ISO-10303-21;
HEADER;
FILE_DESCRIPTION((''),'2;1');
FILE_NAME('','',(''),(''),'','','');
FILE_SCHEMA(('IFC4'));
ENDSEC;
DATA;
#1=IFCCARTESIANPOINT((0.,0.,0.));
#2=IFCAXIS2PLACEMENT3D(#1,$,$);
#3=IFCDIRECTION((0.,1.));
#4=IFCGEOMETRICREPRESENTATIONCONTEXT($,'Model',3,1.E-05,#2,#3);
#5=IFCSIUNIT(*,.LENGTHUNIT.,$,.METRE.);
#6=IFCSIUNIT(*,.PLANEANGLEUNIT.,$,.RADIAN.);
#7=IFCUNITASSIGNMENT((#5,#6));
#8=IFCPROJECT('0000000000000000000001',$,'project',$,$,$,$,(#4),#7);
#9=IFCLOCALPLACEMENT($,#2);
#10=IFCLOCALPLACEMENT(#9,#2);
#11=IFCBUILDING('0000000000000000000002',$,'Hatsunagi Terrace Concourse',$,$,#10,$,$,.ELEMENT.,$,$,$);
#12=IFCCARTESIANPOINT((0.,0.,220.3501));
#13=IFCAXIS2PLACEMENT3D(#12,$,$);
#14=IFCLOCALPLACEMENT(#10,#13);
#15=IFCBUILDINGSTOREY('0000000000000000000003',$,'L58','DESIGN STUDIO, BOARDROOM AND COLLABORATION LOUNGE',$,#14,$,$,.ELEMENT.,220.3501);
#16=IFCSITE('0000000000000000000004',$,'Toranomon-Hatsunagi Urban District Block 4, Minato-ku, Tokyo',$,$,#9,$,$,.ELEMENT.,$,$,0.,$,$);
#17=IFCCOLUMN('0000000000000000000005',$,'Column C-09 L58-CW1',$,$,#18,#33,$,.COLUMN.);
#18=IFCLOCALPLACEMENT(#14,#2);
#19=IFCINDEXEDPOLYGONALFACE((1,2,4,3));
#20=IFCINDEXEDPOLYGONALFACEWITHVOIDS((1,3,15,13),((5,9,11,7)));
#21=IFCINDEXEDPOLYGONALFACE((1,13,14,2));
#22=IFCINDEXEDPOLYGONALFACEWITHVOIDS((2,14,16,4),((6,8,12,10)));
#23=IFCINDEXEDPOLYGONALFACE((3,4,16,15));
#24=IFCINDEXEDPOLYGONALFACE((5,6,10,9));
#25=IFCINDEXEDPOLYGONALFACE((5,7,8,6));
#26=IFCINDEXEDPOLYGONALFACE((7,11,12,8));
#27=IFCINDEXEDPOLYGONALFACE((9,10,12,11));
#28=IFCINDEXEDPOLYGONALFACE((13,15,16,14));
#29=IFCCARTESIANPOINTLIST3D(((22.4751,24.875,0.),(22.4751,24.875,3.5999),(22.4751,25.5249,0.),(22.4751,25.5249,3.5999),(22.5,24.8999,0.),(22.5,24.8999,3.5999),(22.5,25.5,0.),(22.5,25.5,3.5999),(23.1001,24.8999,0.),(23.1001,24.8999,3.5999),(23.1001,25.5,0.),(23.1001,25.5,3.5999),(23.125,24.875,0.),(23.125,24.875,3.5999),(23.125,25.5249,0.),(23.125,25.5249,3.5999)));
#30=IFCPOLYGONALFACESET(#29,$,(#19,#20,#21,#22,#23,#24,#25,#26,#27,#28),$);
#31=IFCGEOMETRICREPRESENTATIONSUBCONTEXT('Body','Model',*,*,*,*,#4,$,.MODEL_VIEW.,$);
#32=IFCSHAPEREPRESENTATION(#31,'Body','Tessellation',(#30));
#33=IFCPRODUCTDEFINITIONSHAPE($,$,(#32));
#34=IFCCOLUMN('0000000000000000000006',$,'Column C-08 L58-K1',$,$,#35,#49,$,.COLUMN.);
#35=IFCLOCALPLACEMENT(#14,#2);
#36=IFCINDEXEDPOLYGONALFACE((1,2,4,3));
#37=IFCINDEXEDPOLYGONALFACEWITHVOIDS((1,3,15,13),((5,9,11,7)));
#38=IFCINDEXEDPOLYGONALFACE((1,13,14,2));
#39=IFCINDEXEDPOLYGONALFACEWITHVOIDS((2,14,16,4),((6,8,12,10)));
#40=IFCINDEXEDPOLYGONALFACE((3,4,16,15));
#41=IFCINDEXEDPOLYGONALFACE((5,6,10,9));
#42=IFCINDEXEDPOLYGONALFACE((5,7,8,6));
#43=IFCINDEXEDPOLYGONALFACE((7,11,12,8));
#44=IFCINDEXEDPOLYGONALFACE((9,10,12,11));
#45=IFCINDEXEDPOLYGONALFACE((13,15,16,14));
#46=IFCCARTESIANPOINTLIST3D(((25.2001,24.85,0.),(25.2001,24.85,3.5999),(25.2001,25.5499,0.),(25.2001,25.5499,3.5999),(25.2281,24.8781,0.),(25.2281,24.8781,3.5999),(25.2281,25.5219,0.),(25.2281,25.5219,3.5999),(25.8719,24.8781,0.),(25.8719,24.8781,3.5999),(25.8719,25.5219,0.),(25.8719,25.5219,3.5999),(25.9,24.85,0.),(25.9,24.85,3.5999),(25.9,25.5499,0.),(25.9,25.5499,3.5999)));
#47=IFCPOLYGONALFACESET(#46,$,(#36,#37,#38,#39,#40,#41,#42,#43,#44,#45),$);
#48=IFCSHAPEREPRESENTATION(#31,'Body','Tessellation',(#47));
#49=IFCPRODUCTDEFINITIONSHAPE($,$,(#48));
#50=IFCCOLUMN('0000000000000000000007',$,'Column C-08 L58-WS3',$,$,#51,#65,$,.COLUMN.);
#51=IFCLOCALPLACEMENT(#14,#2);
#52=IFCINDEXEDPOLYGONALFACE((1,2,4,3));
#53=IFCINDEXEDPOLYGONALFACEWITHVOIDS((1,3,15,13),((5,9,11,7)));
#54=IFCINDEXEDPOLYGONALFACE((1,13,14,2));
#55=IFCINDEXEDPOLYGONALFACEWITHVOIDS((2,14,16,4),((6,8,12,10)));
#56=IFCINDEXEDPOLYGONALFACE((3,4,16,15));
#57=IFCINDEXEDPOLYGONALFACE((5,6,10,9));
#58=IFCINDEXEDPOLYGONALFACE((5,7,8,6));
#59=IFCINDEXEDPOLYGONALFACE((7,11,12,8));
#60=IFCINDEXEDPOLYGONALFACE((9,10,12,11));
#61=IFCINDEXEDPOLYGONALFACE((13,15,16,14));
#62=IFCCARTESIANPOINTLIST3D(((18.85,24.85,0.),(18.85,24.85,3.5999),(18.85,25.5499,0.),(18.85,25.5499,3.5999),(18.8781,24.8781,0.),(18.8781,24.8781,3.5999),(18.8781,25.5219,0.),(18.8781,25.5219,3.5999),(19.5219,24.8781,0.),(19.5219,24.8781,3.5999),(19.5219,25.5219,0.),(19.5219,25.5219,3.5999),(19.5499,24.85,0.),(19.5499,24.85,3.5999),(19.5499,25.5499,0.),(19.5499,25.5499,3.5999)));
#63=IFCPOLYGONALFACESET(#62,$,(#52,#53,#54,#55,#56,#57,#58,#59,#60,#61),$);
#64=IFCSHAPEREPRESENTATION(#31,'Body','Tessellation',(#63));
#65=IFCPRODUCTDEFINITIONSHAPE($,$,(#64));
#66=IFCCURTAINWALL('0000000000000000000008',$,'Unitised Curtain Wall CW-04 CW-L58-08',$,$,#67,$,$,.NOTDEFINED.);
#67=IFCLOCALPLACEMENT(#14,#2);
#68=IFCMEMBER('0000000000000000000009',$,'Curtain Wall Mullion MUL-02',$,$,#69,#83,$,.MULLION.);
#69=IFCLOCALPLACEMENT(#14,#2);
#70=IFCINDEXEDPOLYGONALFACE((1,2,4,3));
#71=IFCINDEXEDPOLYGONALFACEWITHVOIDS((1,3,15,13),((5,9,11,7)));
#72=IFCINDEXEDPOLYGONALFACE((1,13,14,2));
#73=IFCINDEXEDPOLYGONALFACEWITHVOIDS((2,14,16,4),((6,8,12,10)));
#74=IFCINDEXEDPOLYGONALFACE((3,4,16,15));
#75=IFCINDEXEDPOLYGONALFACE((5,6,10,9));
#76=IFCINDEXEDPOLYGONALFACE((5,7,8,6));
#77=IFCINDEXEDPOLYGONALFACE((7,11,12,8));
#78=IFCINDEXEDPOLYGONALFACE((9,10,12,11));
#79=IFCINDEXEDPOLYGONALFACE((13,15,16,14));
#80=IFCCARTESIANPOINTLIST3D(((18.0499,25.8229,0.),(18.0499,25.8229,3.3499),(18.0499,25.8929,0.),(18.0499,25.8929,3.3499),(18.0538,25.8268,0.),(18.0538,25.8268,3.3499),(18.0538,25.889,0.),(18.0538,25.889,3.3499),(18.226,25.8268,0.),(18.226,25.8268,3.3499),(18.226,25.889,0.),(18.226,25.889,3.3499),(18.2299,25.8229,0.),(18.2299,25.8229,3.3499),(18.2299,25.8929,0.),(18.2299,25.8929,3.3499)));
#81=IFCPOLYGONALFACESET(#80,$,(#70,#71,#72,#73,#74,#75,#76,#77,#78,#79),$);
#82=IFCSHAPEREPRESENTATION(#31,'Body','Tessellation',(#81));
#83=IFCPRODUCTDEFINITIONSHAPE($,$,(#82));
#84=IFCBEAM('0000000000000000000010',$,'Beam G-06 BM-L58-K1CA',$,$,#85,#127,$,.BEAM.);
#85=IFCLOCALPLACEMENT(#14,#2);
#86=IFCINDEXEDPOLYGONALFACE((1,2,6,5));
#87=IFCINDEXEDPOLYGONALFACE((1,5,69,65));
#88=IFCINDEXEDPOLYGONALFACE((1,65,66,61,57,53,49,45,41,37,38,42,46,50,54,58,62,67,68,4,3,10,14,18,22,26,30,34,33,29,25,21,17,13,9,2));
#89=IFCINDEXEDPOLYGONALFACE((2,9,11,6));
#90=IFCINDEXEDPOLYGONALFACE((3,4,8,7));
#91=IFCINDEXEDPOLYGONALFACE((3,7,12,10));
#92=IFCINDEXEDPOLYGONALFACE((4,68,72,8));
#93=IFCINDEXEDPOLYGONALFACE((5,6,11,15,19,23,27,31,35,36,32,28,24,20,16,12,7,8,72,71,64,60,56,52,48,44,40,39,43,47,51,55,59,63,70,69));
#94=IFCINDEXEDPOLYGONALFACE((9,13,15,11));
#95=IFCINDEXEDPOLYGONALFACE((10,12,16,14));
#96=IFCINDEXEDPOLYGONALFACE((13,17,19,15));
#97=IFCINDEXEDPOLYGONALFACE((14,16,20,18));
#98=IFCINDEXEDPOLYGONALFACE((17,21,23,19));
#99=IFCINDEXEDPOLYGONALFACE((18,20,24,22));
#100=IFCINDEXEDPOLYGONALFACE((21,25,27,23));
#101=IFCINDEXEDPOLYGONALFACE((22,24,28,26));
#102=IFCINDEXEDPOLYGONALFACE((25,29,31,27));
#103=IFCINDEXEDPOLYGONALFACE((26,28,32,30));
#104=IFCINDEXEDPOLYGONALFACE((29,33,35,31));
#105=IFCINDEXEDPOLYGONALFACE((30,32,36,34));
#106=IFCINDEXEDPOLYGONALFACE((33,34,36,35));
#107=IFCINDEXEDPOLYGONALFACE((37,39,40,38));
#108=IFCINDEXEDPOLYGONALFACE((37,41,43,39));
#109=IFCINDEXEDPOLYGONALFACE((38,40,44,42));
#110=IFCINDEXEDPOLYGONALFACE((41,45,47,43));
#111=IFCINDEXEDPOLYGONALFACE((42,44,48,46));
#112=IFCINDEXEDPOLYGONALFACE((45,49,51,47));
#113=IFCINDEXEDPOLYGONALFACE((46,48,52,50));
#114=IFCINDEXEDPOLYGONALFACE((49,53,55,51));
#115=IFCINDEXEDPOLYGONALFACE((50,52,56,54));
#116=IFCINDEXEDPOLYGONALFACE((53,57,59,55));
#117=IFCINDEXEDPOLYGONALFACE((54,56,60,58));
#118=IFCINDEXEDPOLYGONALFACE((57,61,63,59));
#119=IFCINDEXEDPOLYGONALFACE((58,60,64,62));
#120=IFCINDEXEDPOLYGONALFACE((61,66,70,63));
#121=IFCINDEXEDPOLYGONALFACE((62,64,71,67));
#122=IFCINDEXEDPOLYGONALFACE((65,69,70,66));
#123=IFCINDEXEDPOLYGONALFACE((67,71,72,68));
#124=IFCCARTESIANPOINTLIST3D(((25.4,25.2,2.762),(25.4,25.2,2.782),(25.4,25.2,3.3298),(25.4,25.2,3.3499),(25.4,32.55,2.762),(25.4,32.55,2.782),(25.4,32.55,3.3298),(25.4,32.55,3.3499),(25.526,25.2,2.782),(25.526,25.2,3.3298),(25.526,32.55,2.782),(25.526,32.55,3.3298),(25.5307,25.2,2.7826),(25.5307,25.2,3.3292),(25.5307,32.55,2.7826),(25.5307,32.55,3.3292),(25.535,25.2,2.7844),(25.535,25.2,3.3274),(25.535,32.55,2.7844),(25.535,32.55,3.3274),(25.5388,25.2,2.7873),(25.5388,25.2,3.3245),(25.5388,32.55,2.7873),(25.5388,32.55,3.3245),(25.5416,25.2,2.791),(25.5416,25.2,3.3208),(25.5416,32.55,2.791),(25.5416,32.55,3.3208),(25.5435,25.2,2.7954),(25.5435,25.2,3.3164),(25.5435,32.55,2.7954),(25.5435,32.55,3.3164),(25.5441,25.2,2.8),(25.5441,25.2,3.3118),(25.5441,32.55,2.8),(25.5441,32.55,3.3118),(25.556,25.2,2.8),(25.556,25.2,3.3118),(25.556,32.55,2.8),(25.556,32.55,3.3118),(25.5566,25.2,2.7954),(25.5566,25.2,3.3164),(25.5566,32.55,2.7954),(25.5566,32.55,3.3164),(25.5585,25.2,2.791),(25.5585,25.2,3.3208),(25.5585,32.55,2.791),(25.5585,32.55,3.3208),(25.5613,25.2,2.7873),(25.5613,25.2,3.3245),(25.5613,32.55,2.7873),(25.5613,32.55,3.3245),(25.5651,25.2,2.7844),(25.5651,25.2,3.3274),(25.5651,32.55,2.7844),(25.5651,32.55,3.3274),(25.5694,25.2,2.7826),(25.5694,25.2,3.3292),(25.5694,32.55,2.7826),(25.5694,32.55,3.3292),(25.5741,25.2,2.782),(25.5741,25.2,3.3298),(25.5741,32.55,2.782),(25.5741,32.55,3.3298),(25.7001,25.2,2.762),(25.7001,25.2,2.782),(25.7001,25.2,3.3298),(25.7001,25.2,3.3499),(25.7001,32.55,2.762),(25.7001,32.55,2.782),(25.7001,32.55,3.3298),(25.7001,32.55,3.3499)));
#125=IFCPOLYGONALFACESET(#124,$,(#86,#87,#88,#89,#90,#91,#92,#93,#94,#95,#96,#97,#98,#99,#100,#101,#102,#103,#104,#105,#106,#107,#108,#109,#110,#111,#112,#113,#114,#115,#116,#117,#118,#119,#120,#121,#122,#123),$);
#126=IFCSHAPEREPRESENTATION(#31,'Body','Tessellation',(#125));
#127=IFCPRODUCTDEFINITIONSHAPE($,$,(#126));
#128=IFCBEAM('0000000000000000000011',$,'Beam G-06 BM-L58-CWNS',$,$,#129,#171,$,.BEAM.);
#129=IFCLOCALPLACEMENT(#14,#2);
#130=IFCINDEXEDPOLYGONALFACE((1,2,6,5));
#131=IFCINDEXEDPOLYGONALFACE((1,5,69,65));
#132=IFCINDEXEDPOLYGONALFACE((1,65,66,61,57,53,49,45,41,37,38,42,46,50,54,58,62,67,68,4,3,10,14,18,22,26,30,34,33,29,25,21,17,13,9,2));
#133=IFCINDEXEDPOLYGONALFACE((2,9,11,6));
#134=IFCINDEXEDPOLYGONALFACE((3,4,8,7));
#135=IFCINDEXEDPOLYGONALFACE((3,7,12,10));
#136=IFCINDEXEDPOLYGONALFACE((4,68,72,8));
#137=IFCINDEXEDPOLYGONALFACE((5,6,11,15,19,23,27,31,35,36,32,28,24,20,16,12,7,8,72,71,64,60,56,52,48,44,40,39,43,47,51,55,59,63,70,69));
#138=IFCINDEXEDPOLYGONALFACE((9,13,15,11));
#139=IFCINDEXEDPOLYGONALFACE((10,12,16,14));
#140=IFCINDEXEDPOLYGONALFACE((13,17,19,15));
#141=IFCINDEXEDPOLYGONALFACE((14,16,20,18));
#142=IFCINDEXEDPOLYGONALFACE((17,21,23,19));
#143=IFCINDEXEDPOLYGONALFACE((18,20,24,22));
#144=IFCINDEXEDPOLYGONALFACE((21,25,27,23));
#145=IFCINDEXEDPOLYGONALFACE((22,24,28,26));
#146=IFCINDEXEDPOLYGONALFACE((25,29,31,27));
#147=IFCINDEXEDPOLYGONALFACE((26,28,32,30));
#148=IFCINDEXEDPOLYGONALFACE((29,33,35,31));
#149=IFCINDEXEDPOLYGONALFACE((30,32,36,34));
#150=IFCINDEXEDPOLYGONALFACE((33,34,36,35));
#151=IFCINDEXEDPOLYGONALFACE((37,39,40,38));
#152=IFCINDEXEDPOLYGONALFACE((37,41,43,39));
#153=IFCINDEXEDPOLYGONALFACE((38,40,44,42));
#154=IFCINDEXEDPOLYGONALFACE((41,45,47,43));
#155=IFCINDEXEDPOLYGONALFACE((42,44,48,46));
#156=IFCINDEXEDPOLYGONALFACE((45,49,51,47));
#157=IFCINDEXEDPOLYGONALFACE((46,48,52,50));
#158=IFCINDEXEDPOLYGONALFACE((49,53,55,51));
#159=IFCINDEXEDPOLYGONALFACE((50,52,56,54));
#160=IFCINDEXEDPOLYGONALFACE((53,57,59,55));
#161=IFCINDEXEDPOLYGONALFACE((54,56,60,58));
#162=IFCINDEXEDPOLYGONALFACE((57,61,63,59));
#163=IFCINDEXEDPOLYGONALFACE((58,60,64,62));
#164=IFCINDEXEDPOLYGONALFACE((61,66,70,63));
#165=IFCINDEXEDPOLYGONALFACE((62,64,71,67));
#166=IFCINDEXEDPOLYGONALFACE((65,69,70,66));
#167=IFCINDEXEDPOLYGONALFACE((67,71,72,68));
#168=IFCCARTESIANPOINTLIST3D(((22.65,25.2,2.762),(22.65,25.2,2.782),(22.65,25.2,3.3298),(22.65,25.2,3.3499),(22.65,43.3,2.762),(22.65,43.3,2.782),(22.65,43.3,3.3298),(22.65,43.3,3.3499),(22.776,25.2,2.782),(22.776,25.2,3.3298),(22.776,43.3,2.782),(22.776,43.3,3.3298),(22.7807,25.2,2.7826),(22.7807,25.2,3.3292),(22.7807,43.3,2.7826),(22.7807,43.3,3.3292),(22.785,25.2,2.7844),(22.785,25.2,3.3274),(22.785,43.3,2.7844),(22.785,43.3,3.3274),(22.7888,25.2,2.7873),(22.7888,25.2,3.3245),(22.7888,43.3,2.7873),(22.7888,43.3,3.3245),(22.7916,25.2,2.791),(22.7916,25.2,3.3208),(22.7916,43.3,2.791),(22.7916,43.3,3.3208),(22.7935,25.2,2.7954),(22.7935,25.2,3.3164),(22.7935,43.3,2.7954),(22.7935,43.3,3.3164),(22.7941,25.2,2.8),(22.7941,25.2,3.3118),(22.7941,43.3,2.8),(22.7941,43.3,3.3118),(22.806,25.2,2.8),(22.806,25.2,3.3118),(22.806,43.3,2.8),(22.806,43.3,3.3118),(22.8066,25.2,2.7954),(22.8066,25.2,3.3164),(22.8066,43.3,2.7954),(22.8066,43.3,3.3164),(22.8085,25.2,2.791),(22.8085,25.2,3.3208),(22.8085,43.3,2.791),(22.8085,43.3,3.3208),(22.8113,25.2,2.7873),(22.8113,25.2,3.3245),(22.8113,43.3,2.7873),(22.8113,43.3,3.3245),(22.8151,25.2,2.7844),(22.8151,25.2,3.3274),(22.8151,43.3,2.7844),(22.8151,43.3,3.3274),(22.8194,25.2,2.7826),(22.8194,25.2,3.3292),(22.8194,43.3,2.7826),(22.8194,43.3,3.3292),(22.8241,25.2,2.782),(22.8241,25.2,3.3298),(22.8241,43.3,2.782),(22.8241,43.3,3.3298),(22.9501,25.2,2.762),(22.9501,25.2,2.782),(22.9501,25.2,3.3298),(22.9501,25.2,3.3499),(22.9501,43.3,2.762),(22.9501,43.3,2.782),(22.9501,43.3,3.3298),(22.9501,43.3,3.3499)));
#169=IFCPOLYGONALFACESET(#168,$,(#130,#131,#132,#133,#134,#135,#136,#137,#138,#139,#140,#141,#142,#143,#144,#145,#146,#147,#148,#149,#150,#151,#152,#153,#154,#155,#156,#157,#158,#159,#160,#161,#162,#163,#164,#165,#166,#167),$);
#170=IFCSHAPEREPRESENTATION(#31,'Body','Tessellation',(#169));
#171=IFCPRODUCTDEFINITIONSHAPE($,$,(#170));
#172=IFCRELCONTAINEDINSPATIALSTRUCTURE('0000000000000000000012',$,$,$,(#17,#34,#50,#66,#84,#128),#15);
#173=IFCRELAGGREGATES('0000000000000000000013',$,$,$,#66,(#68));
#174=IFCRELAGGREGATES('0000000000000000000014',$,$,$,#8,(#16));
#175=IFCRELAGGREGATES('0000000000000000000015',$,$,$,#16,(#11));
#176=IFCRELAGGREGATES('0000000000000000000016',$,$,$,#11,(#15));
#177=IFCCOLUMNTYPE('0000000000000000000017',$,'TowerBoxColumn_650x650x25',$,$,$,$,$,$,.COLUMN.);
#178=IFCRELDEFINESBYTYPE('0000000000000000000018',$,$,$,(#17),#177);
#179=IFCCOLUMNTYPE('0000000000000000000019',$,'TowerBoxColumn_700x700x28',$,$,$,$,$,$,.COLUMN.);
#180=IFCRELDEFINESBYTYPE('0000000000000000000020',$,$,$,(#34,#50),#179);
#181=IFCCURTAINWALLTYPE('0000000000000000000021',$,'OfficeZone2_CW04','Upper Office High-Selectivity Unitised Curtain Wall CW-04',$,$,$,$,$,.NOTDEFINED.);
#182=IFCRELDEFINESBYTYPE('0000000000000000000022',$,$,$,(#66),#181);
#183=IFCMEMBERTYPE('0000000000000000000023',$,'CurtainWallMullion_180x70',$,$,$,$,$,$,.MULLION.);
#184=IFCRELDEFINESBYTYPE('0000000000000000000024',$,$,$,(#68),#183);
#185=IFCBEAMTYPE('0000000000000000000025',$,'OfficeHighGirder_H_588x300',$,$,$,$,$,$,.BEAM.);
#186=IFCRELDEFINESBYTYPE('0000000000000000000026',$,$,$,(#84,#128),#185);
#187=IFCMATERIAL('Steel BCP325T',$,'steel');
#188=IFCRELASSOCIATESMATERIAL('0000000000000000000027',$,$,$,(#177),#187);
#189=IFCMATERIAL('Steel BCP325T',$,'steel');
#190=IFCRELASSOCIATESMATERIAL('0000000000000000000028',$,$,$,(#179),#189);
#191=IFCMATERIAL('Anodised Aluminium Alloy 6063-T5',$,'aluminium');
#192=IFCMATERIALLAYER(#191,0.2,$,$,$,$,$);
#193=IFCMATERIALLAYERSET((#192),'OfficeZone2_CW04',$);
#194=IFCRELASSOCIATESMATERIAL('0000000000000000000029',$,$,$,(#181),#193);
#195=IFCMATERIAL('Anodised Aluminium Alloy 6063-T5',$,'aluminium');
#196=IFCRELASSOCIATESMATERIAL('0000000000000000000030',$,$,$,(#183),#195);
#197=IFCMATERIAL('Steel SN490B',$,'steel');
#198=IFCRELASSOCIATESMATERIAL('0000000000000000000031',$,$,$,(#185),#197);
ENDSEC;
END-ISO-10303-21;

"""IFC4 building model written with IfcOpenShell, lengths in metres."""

from ifc_helpers import new_model, si_unit, direction, frame, origin, origin_2d, place, context, subcontext, project, spatial, hollow_rectangle, i_section, extrude, material, layer, layer_set, material_profile, profile_set, type_object, element, aggregate, save


model = new_model("IFC4")

# Units and contexts
model_context = context("Model", 3, precision=1e-05, world=origin(), true_north=direction((0.0, 1.0)))
body_context = subcontext(model_context, "Body", "Model", "MODEL_VIEW")
ifc_project = project(units=[si_unit("LENGTHUNIT", "METRE"), si_unit("PLANEANGLEUNIT", "RADIAN")], contexts=[model_context])

# Site, building, storey
site_placement = place(None, origin())
site = spatial("IfcSite", under=ifc_project, at=site_placement, Name="Toranomon-Hatsunagi Urban District Block 4, Minato-ku, Tokyo", CompositionType="ELEMENT", RefElevation=0.0)
building_placement = place(site_placement, origin())
building = spatial("IfcBuilding", under=site, at=building_placement, Name="Hatsunagi Terrace Concourse", CompositionType="ELEMENT")
storey_placement = place(building_placement, frame((0.0, 0.0, 220.3501)))
storey = spatial("IfcBuildingStorey", under=building, at=storey_placement, Name="L58", Description="DESIGN STUDIO, BOARDROOM AND COLLABORATION LOUNGE", CompositionType="ELEMENT", Elevation=220.3501)

# Columns
ifc_material_1 = material(Name="Steel BCP325T", Category="steel")
ifc_material_profile_1 = material_profile(ifc_material_1, hollow_rectangle(XDim=0.6499, YDim=0.6499, WallThickness=0.0249, at=origin_2d()), Name="BCP-650x650x25")
ifc_profile_set_1 = profile_set([ifc_material_profile_1], Name="Steel BCP325T")
column_type_1 = type_object("IfcColumnType", Name="TowerBoxColumn_650x650x25", PredefinedType="COLUMN", material=ifc_profile_set_1)
column_placement = place(storey_placement, frame((22.8, 25.2, 0.0), z_axis=(0.0, 0.0, 1.0), x_axis=(1.0, 0.0, 0.0)))
element("IfcColumn", 1, at=column_placement, inside=storey, type_object=column_type_1, Name="Column C-09 L58-CW1", PredefinedType="COLUMN", context=body_context, shape_type="SweptSolid", body=[
    extrude(hollow_rectangle(XDim=0.6499, YDim=0.6499, WallThickness=0.0249, at=origin_2d()), origin(), (0.0, 0.0, 1.0), 3.5999),
])
ifc_material_2 = material(Name="Steel BCP325T", Category="steel")
ifc_material_profile_2 = material_profile(ifc_material_2, hollow_rectangle(XDim=0.7, YDim=0.7, WallThickness=0.0281, at=origin_2d()), Name="BCP-700x700x28")
ifc_profile_set_2 = profile_set([ifc_material_profile_2], Name="Steel BCP325T")
column_type_2 = type_object("IfcColumnType", Name="TowerBoxColumn_700x700x28", PredefinedType="COLUMN", material=ifc_profile_set_2)
for number, where, z_axis, x_axis, name in (
    (2, (25.55, 25.2, 0.0), (0.0, 0.0, 1.0), (1.0, 0.0, 0.0), "Column C-08 L58-K1"),
    (3, (19.2, 25.2, 0.0), (0.0, 0.0, 1.0), (1.0, 0.0, 0.0), "Column C-08 L58-WS3"),
):
    element("IfcColumn", number, at=place(storey_placement, frame(where, z_axis=z_axis, x_axis=x_axis)), inside=storey, type_object=column_type_2, Name=name, PredefinedType="COLUMN", context=body_context, shape_type="SweptSolid", body=[
        extrude(hollow_rectangle(XDim=0.7, YDim=0.7, WallThickness=0.0281, at=origin_2d()), origin(), (0.0, 0.0, 1.0), 3.5999),
    ])

# Curtain wall, member
ifc_material_3 = material(Name="Anodised Aluminium Alloy 6063-T5", Category="aluminium")
ifc_layer_1 = layer(ifc_material_3, 0.2)
ifc_layer_set_1 = layer_set([ifc_layer_1], Name="OfficeZone2_CW04")
curtain_wall_type = type_object("IfcCurtainWallType", Name="OfficeZone2_CW04", Description="Upper Office High-Selectivity Unitised Curtain Wall CW-04", PredefinedType="NOTDEFINED", material=ifc_layer_set_1)
curtain_wall_placement = place(storey_placement, origin())
curtain_wall = element("IfcCurtainWall", 4, at=curtain_wall_placement, inside=storey, type_object=curtain_wall_type, Name="Unitised Curtain Wall CW-04 CW-L58-08", PredefinedType="NOTDEFINED")
ifc_material_4 = material(Name="Anodised Aluminium Alloy 6063-T5", Category="aluminium")
ifc_material_profile_3 = material_profile(ifc_material_4, hollow_rectangle(XDim=0.0701, YDim=0.1799, WallThickness=0.0039, at=origin_2d()), Name="ALU-MUL-180x70x4")
ifc_profile_set_3 = profile_set([ifc_material_profile_3], Name="Anodised Aluminium Alloy 6063-T5")
member_type = type_object("IfcMemberType", Name="CurtainWallMullion_180x70", PredefinedType="MULLION", material=ifc_profile_set_3)
member_placement = place(storey_placement, frame((18.1399, 25.8579, 0.0), z_axis=(0.0, 0.0, 1.0), x_axis=(0.0, 1.0, 0.0)))
member = element("IfcMember", 5, at=member_placement, type_object=member_type, Name="Curtain Wall Mullion MUL-02", PredefinedType="MULLION", context=body_context, shape_type="SweptSolid", body=[
    extrude(hollow_rectangle(XDim=0.0701, YDim=0.1799, WallThickness=0.0039, at=origin_2d()), origin(), (0.0, 0.0, 1.0), 3.3499),
])
aggregate(curtain_wall, [member])

# Beams
ifc_material_5 = material(Name="Steel SN490B", Category="steel")
ifc_material_profile_4 = material_profile(ifc_material_5, i_section(OverallWidth=0.3, OverallDepth=0.5879, WebThickness=0.012, FlangeThickness=0.02, FilletRadius=0.0181, at=origin_2d()), Name="H-588x300x12x20")
ifc_profile_set_4 = profile_set([ifc_material_profile_4], Name="Steel SN490B")
beam_type_1 = type_object("IfcBeamType", Name="OfficeHighGirder_H_588x300", PredefinedType="BEAM", material=ifc_profile_set_4)
beam_1_placement = place(storey_placement, frame((25.55, 25.2, 3.0559), z_axis=(0.0, 1.0, 0.0), x_axis=(-1.0, 0.0, 0.0)))
element("IfcBeam", 6, at=beam_1_placement, inside=storey, type_object=beam_type_1, Name="Beam G-06 BM-L58-K1CA", PredefinedType="BEAM", context=body_context, shape_type="SweptSolid", body=[
    extrude(i_section(OverallWidth=0.3, OverallDepth=0.5879, WebThickness=0.012, FlangeThickness=0.02, FilletRadius=0.0181, at=origin_2d()), origin(), (0.0, 0.0, 1.0), 7.3501),
])
beam_2_placement = place(storey_placement, frame((22.8, 25.2, 3.0559), z_axis=(0.0, 1.0, 0.0), x_axis=(-1.0, 0.0, 0.0)))
element("IfcBeam", 7, at=beam_2_placement, inside=storey, type_object=beam_type_1, Name="Beam G-06 BM-L58-CWNS", PredefinedType="BEAM", context=body_context, shape_type="SweptSolid", body=[
    extrude(i_section(OverallWidth=0.3, OverallDepth=0.5879, WebThickness=0.012, FlangeThickness=0.02, FilletRadius=0.0181, at=origin_2d()), origin(), (0.0, 0.0, 1.0), 18.1001),
])

save(model, "model.ifc")
